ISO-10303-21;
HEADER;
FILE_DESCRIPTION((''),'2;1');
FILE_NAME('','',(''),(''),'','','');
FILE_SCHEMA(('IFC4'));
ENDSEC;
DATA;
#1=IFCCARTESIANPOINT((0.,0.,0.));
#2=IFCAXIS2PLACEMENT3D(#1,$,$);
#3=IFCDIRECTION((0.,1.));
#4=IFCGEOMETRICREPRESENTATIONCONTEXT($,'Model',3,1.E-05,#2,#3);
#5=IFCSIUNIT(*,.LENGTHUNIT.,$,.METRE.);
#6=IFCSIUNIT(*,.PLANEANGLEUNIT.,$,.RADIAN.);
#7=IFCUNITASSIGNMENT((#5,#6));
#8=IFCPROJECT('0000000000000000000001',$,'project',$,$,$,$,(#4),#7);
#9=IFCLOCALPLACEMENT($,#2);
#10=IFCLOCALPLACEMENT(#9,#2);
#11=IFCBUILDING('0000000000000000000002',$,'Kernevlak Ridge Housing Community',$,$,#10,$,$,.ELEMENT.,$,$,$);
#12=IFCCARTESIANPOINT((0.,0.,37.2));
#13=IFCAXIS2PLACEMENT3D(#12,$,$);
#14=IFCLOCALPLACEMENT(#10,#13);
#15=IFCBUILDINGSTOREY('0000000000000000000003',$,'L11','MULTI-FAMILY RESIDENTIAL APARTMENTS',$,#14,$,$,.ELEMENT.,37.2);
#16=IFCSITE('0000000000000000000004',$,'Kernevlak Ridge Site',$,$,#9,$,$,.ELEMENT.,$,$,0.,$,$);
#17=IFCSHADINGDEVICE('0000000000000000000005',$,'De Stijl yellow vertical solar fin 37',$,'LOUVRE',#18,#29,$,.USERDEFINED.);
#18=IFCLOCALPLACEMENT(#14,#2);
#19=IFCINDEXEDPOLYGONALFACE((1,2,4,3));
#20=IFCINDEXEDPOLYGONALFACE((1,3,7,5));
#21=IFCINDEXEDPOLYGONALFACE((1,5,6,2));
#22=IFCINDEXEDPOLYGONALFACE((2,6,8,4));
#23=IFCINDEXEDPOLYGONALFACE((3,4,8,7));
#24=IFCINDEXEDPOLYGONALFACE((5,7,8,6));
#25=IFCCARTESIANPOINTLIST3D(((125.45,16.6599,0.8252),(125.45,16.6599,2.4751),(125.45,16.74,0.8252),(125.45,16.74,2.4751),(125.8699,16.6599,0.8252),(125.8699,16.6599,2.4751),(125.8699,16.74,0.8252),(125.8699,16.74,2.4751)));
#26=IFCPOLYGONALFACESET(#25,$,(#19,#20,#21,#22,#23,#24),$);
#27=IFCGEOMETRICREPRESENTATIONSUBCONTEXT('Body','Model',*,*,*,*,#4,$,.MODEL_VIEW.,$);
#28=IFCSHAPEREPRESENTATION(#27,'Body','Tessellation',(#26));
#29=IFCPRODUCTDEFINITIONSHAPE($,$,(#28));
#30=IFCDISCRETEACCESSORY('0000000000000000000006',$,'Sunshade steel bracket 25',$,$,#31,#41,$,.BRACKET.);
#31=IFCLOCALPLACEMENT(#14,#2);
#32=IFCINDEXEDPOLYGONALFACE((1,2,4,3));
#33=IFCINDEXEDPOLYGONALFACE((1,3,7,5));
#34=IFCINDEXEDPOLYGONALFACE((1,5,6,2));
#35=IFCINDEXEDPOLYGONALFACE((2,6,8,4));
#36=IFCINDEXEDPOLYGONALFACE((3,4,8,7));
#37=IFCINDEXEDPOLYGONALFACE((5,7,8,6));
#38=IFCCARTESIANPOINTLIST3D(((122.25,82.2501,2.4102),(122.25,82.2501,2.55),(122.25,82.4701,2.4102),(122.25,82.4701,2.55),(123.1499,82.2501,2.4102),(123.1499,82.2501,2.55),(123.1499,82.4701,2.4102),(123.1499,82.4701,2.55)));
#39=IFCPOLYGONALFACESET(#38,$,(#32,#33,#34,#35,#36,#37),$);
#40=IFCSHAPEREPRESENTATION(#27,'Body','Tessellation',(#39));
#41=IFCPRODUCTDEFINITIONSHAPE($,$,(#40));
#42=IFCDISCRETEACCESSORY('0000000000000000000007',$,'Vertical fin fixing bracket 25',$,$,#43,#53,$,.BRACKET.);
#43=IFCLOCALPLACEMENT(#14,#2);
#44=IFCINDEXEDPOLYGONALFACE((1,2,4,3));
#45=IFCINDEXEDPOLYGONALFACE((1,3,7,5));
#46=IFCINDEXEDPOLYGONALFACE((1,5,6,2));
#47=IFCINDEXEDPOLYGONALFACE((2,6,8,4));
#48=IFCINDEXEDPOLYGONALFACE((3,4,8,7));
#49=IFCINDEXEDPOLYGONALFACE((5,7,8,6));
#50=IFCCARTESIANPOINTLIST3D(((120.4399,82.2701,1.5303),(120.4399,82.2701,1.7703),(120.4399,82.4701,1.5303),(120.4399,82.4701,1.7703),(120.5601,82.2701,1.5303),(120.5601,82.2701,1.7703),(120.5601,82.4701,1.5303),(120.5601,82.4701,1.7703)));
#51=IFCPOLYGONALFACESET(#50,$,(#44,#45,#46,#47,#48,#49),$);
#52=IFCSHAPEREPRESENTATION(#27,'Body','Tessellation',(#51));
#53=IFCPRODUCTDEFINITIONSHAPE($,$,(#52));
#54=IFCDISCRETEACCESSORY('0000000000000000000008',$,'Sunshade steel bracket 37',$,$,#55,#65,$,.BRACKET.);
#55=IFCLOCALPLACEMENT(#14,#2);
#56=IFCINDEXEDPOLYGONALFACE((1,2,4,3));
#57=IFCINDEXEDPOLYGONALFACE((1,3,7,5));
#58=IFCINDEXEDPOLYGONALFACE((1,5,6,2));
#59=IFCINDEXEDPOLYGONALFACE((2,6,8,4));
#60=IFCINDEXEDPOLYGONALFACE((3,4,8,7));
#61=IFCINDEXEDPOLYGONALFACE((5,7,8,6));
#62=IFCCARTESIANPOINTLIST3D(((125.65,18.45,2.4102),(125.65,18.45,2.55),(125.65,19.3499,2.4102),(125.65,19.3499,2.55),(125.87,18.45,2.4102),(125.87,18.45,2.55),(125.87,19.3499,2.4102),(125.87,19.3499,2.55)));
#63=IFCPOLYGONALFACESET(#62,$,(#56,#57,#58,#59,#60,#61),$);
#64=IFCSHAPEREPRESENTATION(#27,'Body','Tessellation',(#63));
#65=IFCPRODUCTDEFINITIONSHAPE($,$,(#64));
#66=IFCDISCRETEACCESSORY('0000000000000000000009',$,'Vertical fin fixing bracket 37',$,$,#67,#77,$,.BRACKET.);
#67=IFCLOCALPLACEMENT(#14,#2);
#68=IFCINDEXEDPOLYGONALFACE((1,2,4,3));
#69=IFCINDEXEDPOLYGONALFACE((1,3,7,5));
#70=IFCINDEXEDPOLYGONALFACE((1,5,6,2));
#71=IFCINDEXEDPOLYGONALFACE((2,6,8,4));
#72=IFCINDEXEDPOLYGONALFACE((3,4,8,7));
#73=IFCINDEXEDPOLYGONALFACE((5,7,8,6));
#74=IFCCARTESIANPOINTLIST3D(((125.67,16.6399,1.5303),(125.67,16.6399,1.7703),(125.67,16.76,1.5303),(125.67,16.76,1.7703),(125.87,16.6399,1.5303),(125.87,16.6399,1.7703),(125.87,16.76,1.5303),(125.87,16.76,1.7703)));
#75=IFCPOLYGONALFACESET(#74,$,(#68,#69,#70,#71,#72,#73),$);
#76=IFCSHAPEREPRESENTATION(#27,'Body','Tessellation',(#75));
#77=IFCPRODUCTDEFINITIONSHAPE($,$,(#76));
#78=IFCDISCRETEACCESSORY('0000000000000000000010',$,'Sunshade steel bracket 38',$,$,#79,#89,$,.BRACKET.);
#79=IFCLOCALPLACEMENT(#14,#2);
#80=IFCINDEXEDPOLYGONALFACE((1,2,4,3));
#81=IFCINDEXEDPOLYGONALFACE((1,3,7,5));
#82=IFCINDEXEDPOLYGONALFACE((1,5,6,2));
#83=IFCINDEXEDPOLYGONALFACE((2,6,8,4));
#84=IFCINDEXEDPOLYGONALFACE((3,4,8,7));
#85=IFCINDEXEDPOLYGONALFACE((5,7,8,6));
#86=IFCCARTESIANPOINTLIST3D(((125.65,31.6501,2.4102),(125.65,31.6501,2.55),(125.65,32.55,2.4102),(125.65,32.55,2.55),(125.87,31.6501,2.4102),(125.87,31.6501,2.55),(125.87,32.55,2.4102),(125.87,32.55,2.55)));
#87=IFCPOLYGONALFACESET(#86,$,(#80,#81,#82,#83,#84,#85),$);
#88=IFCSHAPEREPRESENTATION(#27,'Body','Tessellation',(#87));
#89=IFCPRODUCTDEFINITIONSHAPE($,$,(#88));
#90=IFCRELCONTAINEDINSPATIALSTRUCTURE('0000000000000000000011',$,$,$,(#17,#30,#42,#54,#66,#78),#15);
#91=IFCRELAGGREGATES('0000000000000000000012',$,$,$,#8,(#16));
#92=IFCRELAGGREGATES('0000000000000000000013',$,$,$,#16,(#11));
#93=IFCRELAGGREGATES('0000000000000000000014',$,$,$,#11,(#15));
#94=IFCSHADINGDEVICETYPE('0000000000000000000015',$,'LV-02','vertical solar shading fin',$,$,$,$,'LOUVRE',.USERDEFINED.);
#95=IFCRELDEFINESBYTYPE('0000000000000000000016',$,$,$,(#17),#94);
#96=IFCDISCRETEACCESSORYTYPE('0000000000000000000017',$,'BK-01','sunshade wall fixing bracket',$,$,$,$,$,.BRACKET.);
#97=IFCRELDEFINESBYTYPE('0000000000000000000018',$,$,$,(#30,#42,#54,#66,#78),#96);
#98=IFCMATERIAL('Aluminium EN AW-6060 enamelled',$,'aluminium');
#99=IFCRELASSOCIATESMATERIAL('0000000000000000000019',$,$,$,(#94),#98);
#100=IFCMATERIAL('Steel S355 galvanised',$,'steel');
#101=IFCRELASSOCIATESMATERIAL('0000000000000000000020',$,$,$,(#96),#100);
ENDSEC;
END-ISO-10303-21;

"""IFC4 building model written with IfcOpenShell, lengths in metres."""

from ifc_helpers import new_model, si_unit, direction, frame, origin, origin_2d, place, context, subcontext, project, spatial, rectangle, extrude, material, type_object, element, save


model = new_model("IFC4")

# Units and contexts
model_context = context("Model", 3, precision=1e-05, world=origin(), true_north=direction((0.0, 1.0)))
body_context = subcontext(model_context, "Body", "Model", "MODEL_VIEW")
ifc_project = project(units=[si_unit("LENGTHUNIT", "METRE"), si_unit("PLANEANGLEUNIT", "RADIAN")], contexts=[model_context])

# Site, building, storey
site_placement = place(None, origin())
site = spatial("IfcSite", under=ifc_project, at=site_placement, Name="Kernevlak Ridge Site", CompositionType="ELEMENT", RefElevation=0.0)
building_placement = place(site_placement, origin())
building = spatial("IfcBuilding", under=site, at=building_placement, Name="Kernevlak Ridge Housing Community", CompositionType="ELEMENT")
storey_placement = place(building_placement, frame((0.0, 0.0, 37.2)))
storey = spatial("IfcBuildingStorey", under=building, at=storey_placement, Name="L11", Description="MULTI-FAMILY RESIDENTIAL APARTMENTS", CompositionType="ELEMENT", Elevation=37.2)

# Shading device
ifc_material_1 = material(Name="Aluminium EN AW-6060 enamelled", Category="aluminium")
shading_device_type_1 = type_object("IfcShadingDeviceType", Name="LV-02", Description="vertical solar shading fin", ElementType="LOUVRE", PredefinedType="USERDEFINED", material=ifc_material_1)
for number, where, z_axis, x_axis, name in (
    (1, (125.6599, 16.7, 0.8252), (0.0, 0.0, 1.0), (0.0, 1.0, 0.0), "De Stijl yellow vertical solar fin 37"),
):
    element("IfcShadingDevice", number, at=place(storey_placement, frame(where, z_axis=z_axis, x_axis=x_axis)), inside=storey, type_object=shading_device_type_1, Name=name, ObjectType="LOUVRE", PredefinedType="USERDEFINED", context=body_context, shape_type="SweptSolid", body=[
        extrude(rectangle(XDim=0.0801, YDim=0.4199, at=origin_2d()), origin(), (0.0, 0.0, 1.0), 1.6499),
    ])

# Discrete accessories
ifc_material_2 = material(Name="Steel S355 galvanised", Category="steel")
discrete_accessory_type = type_object("IfcDiscreteAccessoryType", Name="BK-01", Description="sunshade wall fixing bracket", PredefinedType="BRACKET", material=ifc_material_2)
discrete_accessory_1_placement = place(storey_placement, frame((122.7, 82.3601, 2.4102), z_axis=(0.0, 0.0, 1.0), x_axis=(1.0, 0.0, 0.0)))
element("IfcDiscreteAccessory", 2, at=discrete_accessory_1_placement, inside=storey, type_object=discrete_accessory_type, Name="Sunshade steel bracket 25", PredefinedType="BRACKET", context=body_context, shape_type="SweptSolid", body=[
    extrude(rectangle(XDim=0.8999, YDim=0.22, at=origin_2d()), origin(), (0.0, 0.0, 1.0), 0.1399),
])
discrete_accessory_2_placement = place(storey_placement, frame((120.5, 82.3701, 1.5303), z_axis=(0.0, 0.0, 1.0), x_axis=(1.0, 0.0, 0.0)))
element("IfcDiscreteAccessory", 3, at=discrete_accessory_2_placement, inside=storey, type_object=discrete_accessory_type, Name="Vertical fin fixing bracket 25", PredefinedType="BRACKET", context=body_context, shape_type="SweptSolid", body=[
    extrude(rectangle(XDim=0.1201, YDim=0.2, at=origin_2d()), origin(), (0.0, 0.0, 1.0), 0.24),
])
discrete_accessory_3_placement = place(storey_placement, frame((125.76, 18.8999, 2.4102), z_axis=(0.0, 0.0, 1.0), x_axis=(0.0, 1.0, 0.0)))
element("IfcDiscreteAccessory", 4, at=discrete_accessory_3_placement, inside=storey, type_object=discrete_accessory_type, Name="Sunshade steel bracket 37", PredefinedType="BRACKET", context=body_context, shape_type="SweptSolid", body=[
    extrude(rectangle(XDim=0.8999, YDim=0.22, at=origin_2d()), origin(), (0.0, 0.0, 1.0), 0.1399),
])
discrete_accessory_4_placement = place(storey_placement, frame((125.77, 16.7, 1.5303), z_axis=(0.0, 0.0, 1.0), x_axis=(0.0, 1.0, 0.0)))
element("IfcDiscreteAccessory", 5, at=discrete_accessory_4_placement, inside=storey, type_object=discrete_accessory_type, Name="Vertical fin fixing bracket 37", PredefinedType="BRACKET", context=body_context, shape_type="SweptSolid", body=[
    extrude(rectangle(XDim=0.1201, YDim=0.2, at=origin_2d()), origin(), (0.0, 0.0, 1.0), 0.24),
])
discrete_accessory_5_placement = place(storey_placement, frame((125.76, 32.1001, 2.4102), z_axis=(0.0, 0.0, 1.0), x_axis=(0.0, 1.0, 0.0)))
element("IfcDiscreteAccessory", 6, at=discrete_accessory_5_placement, inside=storey, type_object=discrete_accessory_type, Name="Sunshade steel bracket 38", PredefinedType="BRACKET", context=body_context, shape_type="SweptSolid", body=[
    extrude(rectangle(XDim=0.8999, YDim=0.22, at=origin_2d()), origin(), (0.0, 0.0, 1.0), 0.1399),
])

save(model, "model.ifc")
